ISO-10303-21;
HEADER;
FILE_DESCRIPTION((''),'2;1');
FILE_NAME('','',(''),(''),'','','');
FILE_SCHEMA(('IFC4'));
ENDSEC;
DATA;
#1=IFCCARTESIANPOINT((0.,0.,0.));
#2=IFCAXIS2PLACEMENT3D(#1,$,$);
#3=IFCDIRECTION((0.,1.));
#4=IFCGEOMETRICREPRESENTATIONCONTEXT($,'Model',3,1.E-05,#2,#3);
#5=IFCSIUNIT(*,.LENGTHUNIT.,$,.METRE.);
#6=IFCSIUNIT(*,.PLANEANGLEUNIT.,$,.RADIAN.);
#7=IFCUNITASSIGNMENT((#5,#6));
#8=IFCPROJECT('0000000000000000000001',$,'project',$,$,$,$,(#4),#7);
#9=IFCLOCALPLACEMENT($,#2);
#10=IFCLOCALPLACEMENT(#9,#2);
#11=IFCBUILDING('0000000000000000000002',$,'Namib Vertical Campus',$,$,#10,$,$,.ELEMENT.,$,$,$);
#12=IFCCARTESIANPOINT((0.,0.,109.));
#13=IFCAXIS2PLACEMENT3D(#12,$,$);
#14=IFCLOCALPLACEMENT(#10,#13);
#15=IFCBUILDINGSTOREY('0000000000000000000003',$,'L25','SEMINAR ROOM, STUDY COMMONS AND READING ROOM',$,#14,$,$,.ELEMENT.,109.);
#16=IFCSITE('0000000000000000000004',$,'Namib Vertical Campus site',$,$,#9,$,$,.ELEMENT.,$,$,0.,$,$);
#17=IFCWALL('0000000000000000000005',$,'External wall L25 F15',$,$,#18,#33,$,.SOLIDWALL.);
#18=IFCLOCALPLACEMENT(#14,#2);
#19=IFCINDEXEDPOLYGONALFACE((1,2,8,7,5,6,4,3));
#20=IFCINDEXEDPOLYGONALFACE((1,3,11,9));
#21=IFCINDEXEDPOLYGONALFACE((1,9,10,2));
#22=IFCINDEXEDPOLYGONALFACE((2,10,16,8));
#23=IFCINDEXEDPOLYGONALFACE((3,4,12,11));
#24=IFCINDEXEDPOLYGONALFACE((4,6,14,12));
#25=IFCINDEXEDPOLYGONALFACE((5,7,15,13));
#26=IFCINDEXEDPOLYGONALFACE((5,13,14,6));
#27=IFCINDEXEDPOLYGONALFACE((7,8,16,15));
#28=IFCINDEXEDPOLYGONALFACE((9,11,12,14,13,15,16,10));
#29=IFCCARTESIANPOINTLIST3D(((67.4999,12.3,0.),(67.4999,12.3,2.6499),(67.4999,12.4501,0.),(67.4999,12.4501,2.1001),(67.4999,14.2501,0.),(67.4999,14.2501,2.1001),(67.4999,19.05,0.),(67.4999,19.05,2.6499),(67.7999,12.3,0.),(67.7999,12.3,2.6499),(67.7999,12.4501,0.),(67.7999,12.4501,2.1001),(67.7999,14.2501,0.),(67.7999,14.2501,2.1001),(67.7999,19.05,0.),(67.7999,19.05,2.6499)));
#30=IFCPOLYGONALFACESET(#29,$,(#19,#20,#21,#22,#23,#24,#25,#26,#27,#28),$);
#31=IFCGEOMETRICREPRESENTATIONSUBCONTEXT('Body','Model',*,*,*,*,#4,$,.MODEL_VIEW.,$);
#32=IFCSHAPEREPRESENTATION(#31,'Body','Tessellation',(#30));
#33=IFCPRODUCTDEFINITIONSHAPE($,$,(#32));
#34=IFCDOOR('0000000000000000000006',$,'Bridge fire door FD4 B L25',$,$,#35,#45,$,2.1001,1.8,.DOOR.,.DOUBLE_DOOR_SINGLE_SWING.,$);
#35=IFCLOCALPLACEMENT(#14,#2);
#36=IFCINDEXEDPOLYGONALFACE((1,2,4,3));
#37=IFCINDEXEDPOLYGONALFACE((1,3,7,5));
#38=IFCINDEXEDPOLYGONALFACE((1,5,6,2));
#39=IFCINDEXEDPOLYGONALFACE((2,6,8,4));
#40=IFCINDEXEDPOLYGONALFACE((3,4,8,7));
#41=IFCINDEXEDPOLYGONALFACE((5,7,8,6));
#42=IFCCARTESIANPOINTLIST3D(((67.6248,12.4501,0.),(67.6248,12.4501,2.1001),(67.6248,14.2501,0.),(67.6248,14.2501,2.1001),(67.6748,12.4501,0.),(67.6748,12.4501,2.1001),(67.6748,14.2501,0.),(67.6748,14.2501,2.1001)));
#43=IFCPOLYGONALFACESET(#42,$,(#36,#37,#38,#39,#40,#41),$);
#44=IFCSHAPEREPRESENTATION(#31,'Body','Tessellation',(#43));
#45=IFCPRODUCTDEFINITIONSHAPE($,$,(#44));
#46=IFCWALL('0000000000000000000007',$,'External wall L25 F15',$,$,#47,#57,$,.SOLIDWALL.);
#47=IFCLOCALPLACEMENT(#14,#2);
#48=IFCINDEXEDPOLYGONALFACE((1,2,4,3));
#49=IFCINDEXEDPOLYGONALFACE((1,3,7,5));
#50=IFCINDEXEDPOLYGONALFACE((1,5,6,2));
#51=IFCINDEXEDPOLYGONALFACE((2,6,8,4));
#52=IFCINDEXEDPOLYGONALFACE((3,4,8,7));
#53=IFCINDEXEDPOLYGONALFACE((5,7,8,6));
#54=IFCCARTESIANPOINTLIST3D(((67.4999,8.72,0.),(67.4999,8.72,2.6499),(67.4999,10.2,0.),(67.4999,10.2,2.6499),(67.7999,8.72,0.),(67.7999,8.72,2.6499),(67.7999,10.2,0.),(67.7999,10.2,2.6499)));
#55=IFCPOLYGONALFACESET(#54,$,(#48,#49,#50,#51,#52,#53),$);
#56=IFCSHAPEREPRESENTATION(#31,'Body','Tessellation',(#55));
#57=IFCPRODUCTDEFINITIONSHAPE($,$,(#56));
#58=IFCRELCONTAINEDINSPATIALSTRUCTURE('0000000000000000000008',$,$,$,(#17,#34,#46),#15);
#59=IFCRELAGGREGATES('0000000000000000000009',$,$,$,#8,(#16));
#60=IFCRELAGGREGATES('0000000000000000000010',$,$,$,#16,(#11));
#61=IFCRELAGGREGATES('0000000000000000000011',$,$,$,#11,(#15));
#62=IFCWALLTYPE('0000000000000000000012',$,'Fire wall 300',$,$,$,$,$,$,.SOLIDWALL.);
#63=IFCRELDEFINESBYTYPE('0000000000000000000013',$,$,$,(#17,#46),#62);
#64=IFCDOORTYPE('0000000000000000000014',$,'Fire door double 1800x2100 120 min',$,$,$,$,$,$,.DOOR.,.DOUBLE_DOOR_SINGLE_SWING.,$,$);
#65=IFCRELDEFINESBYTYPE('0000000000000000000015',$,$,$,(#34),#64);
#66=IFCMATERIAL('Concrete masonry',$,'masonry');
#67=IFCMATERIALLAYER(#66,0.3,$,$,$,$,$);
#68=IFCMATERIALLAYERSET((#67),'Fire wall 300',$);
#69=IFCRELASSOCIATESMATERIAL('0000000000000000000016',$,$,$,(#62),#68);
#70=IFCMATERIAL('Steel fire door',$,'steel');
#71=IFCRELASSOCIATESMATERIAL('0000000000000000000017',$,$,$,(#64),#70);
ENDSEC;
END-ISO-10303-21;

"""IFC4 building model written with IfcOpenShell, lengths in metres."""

from ifc_helpers import new_model, si_unit, direction, frame, frame_2d, origin, place, context, subcontext, project, spatial, rectangle, extrude, material, layer, layer_set, type_object, element, fill, save


model = new_model("IFC4")

# Units and contexts
model_context = context("Model", 3, precision=1e-05, world=origin(), true_north=direction((0.0, 1.0)))
body_context = subcontext(model_context, "Body", "Model", "MODEL_VIEW")
ifc_project = project(units=[si_unit("LENGTHUNIT", "METRE"), si_unit("PLANEANGLEUNIT", "RADIAN")], contexts=[model_context])

# Site, building, storey
site_placement = place(None, origin())
site = spatial("IfcSite", under=ifc_project, at=site_placement, Name="Namib Vertical Campus site", CompositionType="ELEMENT", RefElevation=0.0)
building_placement = place(site_placement, origin())
building = spatial("IfcBuilding", under=site, at=building_placement, Name="Namib Vertical Campus", CompositionType="ELEMENT")
storey_placement = place(building_placement, frame((0.0, 0.0, 109.0)))
storey = spatial("IfcBuildingStorey", under=building, at=storey_placement, Name="L25", Description="SEMINAR ROOM, STUDY COMMONS AND READING ROOM", CompositionType="ELEMENT", Elevation=109.0)

# Wall, opening, door
ifc_material_1 = material(Name="Concrete masonry", Category="masonry")
ifc_layer_1 = layer(ifc_material_1, 0.3)
ifc_layer_set_1 = layer_set([ifc_layer_1], Name="Fire wall 300")
wall_type_1 = type_object("IfcWallType", Name="Fire wall 300", PredefinedType="SOLIDWALL", material=ifc_layer_set_1)
wall_1_placement = place(storey_placement, frame((67.6499, 19.05, 0.0), z_axis=(0.0, 0.0, 1.0), x_axis=(0.0, -1.0, 0.0)))
wall_1 = element("IfcWall", 1, at=wall_1_placement, inside=storey, type_object=wall_type_1, Name="External wall L25 F15", PredefinedType="SOLIDWALL", context=body_context, shape_type="SweptSolid", body=[
    extrude(rectangle(XDim=6.75, YDim=0.3, at=frame_2d((3.375, 0.0))), origin(), (0.0, 0.0, 1.0), 2.6499),
])
opening_placement = place(wall_1_placement, frame((4.8, 0.0, 0.0)))
opening = element("IfcOpeningElement", 2, at=opening_placement, cuts=wall_1, PredefinedType="OPENING", context=body_context, shape_type="SweptSolid", body=[
    extrude(rectangle(XDim=1.8, YDim=2.1001, at=frame_2d((0.8999, 1.05))), frame((0.0, 0.1599, 0.0), z_axis=(0.0, -1.0, 0.0), x_axis=(1.0, 0.0, 0.0)), (0.0, 0.0, 1.0), 0.3201),
])
ifc_material_2 = material(Name="Steel fire door", Category="steel")
door_type = type_object("IfcDoorType", Name="Fire door double 1800x2100 120 min", OperationType="DOUBLE_DOOR_SINGLE_SWING", PredefinedType="DOOR", material=ifc_material_2)
door_placement = place(opening_placement, origin())
door = element("IfcDoor", 3, at=door_placement, inside=storey, type_object=door_type, Name="Bridge fire door FD4 B L25", OperationType="DOUBLE_DOOR_SINGLE_SWING", OverallHeight=2.1001, OverallWidth=1.8, PredefinedType="DOOR", context=body_context, shape_type="SweptSolid", body=[
    extrude(rectangle(XDim=1.8, YDim=2.1001, at=frame_2d((0.8999, 1.05))), frame((0.0, 0.0249, 0.0), z_axis=(0.0, -1.0, 0.0), x_axis=(1.0, 0.0, 0.0)), (0.0, 0.0, 1.0), 0.05),
])
fill(opening, door)

# Wall
wall_2_placement = place(storey_placement, frame((67.6499, 10.2, 0.0), z_axis=(0.0, 0.0, 1.0), x_axis=(0.0, -1.0, 0.0)))
element("IfcWall", 4, at=wall_2_placement, inside=storey, type_object=wall_type_1, Name="External wall L25 F15", PredefinedType="SOLIDWALL", context=body_context, shape_type="SweptSolid", body=[
    extrude(rectangle(XDim=1.48, YDim=0.3, at=frame_2d((0.74, 0.0))), origin(), (0.0, 0.0, 1.0), 2.6499),
])

save(model, "model.ifc")
